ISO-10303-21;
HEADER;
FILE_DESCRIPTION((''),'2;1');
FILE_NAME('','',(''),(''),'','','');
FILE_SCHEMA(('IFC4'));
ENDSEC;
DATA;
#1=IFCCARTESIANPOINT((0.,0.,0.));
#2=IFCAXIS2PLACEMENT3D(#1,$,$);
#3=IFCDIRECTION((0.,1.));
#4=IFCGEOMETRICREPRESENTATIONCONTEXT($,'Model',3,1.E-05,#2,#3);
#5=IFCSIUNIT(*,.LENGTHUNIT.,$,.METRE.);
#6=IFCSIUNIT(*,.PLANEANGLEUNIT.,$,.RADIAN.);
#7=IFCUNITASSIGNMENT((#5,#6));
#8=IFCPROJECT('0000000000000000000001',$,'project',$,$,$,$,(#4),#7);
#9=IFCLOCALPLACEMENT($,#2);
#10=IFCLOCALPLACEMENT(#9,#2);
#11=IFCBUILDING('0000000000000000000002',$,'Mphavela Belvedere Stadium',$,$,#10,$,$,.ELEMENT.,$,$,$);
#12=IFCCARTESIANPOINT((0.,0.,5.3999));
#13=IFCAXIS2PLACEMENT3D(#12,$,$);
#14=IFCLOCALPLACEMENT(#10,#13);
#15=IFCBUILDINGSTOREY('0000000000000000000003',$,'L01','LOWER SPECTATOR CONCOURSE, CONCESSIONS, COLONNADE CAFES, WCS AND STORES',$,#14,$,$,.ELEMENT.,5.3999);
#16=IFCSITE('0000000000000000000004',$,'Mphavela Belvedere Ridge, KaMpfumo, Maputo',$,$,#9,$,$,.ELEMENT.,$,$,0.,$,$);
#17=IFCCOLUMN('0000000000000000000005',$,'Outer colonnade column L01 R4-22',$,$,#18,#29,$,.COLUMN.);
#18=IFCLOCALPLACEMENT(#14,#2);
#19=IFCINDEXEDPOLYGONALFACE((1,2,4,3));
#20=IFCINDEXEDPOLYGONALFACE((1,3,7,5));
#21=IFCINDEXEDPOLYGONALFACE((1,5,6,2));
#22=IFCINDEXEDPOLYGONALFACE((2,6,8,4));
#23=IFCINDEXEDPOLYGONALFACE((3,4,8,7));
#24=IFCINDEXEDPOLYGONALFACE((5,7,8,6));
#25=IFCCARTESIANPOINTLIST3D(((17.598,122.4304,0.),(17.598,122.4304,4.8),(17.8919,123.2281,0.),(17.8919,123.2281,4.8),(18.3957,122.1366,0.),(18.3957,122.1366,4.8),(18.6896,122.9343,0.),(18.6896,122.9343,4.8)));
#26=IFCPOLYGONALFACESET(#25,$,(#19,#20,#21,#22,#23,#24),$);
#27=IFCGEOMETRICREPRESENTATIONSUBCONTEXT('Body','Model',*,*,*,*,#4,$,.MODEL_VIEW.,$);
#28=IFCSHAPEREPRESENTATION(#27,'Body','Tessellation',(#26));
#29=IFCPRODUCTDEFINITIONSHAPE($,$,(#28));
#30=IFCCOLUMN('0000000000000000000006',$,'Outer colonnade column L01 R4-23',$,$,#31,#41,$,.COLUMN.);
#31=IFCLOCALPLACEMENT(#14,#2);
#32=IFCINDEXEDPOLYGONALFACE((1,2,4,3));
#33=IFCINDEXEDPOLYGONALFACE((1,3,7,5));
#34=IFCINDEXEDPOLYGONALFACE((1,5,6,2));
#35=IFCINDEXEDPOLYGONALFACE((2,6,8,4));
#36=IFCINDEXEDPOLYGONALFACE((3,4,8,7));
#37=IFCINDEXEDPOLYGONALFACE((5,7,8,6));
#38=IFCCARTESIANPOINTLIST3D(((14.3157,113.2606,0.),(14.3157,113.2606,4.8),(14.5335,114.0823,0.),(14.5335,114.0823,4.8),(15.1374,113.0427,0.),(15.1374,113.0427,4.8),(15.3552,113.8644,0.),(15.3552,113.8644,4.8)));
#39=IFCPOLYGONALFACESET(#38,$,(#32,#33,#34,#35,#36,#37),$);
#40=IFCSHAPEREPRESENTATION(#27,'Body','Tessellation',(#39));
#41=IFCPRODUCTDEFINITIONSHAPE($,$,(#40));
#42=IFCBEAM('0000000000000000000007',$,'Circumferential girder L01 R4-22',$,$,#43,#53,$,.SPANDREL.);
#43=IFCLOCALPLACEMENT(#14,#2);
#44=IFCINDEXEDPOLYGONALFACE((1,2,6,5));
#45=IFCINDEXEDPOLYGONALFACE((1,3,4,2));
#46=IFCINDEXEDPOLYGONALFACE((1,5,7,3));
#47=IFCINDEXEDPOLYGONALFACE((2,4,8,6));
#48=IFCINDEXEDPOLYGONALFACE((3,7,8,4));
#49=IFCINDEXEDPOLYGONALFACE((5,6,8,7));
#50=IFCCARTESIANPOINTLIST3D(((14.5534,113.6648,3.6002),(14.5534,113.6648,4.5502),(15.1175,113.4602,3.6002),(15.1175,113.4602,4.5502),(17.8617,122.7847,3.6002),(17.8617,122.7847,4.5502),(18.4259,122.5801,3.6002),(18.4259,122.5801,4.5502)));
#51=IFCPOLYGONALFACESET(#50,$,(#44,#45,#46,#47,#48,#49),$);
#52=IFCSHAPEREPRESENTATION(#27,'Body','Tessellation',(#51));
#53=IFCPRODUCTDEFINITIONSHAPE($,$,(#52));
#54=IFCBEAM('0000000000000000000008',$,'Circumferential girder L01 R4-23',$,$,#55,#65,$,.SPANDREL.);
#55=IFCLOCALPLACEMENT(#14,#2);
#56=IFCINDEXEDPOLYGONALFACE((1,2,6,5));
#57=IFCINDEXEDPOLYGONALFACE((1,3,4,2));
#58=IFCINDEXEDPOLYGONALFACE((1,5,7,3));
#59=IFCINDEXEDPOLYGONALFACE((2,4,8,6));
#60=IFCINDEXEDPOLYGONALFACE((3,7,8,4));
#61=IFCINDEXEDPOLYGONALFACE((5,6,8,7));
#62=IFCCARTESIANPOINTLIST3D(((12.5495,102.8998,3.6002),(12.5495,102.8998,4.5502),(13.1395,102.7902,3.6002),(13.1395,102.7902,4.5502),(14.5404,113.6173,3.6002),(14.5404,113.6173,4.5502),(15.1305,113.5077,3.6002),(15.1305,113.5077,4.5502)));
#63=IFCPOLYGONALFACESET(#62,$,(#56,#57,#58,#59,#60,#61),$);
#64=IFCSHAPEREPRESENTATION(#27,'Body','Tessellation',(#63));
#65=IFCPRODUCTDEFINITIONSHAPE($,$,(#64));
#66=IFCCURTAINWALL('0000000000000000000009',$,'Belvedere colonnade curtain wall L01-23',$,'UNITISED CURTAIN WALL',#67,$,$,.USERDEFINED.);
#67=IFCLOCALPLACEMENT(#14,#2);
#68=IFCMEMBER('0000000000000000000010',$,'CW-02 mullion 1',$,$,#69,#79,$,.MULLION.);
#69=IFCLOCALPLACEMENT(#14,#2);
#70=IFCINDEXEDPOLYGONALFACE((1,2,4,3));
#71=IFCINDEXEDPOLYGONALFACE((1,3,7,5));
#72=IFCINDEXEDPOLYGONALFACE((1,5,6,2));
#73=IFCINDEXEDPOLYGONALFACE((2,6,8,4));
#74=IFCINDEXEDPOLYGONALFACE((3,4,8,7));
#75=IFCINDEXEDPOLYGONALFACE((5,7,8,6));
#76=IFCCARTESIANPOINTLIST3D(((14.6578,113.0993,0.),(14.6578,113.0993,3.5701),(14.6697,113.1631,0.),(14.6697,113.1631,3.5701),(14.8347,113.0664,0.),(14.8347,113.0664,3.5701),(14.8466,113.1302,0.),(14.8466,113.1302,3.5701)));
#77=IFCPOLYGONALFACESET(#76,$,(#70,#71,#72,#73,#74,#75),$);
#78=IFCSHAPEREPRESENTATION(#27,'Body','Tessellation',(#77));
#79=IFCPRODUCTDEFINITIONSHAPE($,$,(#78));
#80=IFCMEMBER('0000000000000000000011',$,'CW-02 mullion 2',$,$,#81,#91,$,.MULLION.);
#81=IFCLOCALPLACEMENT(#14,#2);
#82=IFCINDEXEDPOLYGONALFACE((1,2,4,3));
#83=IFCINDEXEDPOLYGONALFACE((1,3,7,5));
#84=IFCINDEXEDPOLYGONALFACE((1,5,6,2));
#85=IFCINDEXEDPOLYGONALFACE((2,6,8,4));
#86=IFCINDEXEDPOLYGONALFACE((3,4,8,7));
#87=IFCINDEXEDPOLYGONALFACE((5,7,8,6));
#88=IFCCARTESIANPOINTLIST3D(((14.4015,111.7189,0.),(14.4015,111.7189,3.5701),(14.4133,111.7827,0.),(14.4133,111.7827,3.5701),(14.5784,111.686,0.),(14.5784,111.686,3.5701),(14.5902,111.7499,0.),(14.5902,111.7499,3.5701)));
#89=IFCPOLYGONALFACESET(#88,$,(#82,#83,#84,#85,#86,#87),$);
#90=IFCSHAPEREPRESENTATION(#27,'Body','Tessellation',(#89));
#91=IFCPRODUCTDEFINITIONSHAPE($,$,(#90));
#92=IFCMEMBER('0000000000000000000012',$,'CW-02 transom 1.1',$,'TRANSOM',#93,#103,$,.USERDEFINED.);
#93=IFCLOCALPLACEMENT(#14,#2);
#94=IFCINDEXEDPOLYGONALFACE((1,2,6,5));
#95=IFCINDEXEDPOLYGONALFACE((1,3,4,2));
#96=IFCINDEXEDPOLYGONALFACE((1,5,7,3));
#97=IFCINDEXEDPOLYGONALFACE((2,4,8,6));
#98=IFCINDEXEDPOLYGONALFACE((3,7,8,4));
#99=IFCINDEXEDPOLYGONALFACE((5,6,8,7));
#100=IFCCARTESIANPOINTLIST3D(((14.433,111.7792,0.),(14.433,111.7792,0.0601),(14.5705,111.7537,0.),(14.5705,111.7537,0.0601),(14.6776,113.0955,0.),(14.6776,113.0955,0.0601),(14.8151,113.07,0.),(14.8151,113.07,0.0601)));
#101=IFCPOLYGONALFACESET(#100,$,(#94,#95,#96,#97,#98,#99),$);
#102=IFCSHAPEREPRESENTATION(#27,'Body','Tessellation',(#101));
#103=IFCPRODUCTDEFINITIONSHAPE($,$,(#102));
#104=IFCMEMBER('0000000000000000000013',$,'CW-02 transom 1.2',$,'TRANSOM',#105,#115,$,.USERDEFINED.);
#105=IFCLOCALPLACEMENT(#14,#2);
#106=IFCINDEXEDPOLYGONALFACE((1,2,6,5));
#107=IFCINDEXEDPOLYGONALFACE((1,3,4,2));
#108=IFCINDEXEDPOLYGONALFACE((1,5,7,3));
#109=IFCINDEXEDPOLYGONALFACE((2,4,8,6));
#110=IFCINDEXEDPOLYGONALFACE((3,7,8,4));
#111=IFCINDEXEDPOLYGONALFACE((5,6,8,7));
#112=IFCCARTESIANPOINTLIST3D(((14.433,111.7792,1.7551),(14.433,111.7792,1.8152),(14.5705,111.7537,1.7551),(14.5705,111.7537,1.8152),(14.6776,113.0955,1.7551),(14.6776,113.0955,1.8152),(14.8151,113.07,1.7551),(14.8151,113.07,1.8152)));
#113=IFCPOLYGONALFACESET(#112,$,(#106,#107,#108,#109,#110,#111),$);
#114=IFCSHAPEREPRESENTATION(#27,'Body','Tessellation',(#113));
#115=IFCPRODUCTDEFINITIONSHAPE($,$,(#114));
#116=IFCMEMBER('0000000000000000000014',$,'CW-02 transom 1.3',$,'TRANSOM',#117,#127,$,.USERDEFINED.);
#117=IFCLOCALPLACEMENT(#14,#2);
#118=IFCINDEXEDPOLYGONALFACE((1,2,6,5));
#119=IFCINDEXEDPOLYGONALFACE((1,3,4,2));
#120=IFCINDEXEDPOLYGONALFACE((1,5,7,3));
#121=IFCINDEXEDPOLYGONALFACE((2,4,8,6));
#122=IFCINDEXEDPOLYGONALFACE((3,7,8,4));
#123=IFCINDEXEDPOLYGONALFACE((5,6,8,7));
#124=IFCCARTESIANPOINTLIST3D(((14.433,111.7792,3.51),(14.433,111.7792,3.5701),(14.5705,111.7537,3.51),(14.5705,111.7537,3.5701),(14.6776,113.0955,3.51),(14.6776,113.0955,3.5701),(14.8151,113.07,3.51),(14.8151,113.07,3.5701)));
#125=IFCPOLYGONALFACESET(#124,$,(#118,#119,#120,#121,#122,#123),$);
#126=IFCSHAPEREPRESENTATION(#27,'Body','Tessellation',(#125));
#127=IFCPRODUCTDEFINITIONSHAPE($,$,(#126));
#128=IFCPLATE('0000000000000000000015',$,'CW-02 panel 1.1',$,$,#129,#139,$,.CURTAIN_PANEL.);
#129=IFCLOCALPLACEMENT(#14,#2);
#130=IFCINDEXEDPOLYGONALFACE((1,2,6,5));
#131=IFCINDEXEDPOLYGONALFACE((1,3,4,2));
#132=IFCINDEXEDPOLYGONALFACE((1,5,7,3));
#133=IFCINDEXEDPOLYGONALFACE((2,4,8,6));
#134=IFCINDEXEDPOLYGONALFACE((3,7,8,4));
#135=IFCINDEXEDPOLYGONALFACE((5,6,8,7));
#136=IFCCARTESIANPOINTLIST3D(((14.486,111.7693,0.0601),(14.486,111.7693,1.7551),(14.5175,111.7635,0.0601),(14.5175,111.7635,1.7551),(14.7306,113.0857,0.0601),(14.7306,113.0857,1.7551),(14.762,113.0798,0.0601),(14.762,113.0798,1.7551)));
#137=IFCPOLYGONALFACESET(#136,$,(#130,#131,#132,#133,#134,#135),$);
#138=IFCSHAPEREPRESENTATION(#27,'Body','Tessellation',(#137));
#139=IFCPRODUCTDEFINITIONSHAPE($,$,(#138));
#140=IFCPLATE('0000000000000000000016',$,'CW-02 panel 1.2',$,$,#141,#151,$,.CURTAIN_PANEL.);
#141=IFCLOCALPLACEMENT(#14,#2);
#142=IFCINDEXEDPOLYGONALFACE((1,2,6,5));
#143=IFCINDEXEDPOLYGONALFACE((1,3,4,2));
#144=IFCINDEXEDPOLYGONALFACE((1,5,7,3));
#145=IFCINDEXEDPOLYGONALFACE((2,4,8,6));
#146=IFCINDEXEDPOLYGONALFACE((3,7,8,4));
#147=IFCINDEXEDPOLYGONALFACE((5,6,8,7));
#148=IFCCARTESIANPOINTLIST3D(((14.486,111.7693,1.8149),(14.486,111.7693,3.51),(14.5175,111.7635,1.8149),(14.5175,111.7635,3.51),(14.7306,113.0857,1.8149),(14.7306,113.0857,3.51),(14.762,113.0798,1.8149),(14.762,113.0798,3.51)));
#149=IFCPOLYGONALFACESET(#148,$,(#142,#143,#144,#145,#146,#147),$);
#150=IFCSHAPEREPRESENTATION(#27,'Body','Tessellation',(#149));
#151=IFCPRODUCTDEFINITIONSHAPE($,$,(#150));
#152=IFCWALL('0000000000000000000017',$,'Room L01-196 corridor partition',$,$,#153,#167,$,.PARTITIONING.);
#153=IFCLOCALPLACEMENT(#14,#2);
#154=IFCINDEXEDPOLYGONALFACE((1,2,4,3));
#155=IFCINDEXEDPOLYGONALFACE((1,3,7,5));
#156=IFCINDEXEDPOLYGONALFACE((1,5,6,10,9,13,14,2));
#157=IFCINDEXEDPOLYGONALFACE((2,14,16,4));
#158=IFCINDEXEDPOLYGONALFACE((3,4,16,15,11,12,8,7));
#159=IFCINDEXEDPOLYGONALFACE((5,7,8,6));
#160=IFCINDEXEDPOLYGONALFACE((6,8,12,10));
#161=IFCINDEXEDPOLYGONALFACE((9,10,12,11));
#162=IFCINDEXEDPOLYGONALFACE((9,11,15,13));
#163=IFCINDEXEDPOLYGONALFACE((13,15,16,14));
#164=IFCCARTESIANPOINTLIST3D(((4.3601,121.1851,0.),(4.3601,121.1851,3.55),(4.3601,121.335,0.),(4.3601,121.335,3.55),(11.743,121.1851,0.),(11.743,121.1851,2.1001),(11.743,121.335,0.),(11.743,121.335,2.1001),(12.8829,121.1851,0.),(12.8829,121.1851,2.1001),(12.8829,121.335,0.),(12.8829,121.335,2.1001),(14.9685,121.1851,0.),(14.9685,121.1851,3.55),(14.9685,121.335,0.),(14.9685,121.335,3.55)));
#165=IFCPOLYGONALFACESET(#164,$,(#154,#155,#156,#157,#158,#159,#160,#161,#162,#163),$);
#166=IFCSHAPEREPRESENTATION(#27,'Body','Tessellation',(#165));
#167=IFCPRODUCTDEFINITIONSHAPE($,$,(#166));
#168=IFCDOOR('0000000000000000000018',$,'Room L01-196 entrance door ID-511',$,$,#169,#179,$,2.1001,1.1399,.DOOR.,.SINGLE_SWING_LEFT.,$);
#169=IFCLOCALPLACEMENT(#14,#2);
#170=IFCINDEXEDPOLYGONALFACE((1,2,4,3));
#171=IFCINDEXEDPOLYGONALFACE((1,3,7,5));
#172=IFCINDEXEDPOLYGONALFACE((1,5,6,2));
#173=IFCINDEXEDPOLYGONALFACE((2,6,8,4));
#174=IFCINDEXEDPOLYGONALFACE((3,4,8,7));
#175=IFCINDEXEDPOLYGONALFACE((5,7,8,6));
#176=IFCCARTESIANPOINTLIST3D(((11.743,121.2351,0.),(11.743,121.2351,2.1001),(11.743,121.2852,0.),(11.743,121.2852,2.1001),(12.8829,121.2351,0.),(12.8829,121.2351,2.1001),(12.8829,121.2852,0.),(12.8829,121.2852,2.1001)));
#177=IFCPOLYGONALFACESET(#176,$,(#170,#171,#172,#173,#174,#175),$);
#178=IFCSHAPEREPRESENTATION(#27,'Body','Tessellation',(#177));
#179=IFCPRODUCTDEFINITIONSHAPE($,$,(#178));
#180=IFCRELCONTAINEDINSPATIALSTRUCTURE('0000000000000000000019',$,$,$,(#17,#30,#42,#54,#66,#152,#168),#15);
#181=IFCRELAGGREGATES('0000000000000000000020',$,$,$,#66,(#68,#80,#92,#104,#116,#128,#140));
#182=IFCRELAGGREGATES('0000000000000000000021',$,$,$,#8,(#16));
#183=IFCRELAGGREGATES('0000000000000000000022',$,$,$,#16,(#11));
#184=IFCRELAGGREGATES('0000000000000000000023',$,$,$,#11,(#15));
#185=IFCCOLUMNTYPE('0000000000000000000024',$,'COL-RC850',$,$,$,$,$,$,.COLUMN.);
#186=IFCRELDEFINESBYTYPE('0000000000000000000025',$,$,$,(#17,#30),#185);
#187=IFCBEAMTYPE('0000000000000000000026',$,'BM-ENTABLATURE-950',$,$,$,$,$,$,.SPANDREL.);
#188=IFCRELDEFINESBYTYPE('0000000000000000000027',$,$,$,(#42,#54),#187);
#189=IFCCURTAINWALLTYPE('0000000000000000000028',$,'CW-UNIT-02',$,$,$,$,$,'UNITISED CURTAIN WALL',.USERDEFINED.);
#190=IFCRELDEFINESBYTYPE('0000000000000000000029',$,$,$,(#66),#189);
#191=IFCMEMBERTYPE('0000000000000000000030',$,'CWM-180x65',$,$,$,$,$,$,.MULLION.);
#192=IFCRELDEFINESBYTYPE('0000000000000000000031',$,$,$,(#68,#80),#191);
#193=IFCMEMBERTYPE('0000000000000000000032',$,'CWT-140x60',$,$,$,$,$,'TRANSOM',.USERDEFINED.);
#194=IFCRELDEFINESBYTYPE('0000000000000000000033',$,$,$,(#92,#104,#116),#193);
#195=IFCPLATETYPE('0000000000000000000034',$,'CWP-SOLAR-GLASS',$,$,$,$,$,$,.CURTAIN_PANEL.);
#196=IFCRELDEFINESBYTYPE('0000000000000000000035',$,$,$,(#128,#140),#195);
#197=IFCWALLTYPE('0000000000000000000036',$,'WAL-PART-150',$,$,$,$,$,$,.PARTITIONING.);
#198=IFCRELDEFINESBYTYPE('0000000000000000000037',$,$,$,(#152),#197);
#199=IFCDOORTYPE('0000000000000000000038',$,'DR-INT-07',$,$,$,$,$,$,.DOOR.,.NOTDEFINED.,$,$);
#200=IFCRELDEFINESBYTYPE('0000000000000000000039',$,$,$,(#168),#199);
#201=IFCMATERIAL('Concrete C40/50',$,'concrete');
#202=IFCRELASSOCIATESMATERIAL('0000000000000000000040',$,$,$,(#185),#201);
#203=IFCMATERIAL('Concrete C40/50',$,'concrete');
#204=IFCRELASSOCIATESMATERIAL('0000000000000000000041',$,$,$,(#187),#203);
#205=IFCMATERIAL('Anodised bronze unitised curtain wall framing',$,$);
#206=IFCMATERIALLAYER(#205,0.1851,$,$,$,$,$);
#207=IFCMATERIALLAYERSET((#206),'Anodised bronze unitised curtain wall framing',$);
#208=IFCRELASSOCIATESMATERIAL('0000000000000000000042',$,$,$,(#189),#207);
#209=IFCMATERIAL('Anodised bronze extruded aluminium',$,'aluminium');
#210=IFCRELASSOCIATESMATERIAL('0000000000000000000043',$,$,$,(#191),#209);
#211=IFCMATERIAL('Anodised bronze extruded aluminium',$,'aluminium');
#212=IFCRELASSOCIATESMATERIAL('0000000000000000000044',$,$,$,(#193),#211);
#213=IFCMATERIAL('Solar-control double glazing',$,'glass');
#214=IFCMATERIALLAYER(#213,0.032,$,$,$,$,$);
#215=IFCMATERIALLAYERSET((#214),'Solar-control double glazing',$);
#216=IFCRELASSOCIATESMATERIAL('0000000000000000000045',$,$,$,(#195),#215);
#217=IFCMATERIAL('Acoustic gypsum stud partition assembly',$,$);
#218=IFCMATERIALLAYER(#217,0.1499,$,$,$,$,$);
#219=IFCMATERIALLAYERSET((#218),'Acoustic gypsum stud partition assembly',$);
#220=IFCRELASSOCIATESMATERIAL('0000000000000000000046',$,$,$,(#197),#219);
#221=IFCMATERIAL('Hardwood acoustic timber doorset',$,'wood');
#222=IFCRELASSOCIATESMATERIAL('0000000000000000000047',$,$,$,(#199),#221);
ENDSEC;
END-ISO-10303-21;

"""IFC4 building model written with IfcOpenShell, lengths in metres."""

from ifc_helpers import new_model, si_unit, direction, frame, frame_2d, origin, origin_2d, place, context, subcontext, project, spatial, rectangle, extrude, material, layer, layer_set, material_profile, profile_set, type_object, element, fill, aggregate, save


model = new_model("IFC4")

# Units and contexts
model_context = context("Model", 3, precision=1e-05, world=origin(), true_north=direction((0.0, 1.0)))
body_context = subcontext(model_context, "Body", "Model", "MODEL_VIEW")
ifc_project = project(units=[si_unit("LENGTHUNIT", "METRE"), si_unit("PLANEANGLEUNIT", "RADIAN")], contexts=[model_context])

# Site, building, storey
site_placement = place(None, origin())
site = spatial("IfcSite", under=ifc_project, at=site_placement, Name="Mphavela Belvedere Ridge, KaMpfumo, Maputo", CompositionType="ELEMENT", RefElevation=0.0)
building_placement = place(site_placement, origin())
building = spatial("IfcBuilding", under=site, at=building_placement, Name="Mphavela Belvedere Stadium", CompositionType="ELEMENT")
storey_placement = place(building_placement, frame((0.0, 0.0, 5.3999)))
storey = spatial("IfcBuildingStorey", under=building, at=storey_placement, Name="L01", Description="LOWER SPECTATOR CONCOURSE, CONCESSIONS, COLONNADE CAFES, WCS AND STORES", CompositionType="ELEMENT", Elevation=5.3999)

# Columns
ifc_material_1 = material(Name="Concrete C40/50", Category="concrete")
ifc_material_profile_1 = material_profile(ifc_material_1, rectangle(XDim=0.8501, YDim=0.8501, at=origin_2d()), Name="RC 850x850")
ifc_profile_set_1 = profile_set([ifc_material_profile_1], Name="Concrete C40/50")
column_type = type_object("IfcColumnType", Name="COL-RC850", PredefinedType="COLUMN", material=ifc_profile_set_1)
for number, where, z_axis, x_axis, name in (
    (1, (18.1438, 122.6824, 0.0), (0.0, 0.0, 1.0), (-0.938372, 0.345626, 0.0), "Outer colonnade column L01 R4-22"),
    (2, (14.8354, 113.5625, 0.0), (0.0, 0.0, 1.0), (-0.9666, 0.256289, 0.0), "Outer colonnade column L01 R4-23"),
):
    element("IfcColumn", number, at=place(storey_placement, frame(where, z_axis=z_axis, x_axis=x_axis)), inside=storey, type_object=column_type, Name=name, PredefinedType="COLUMN", context=body_context, shape_type="SweptSolid", body=[
        extrude(rectangle(XDim=0.8501, YDim=0.8501, at=origin_2d()), origin(), (0.0, 0.0, 1.0), 4.8),
    ])

# Beams
ifc_material_2 = material(Name="Concrete C40/50", Category="concrete")
ifc_material_profile_2 = material_profile(ifc_material_2, rectangle(XDim=0.6001, YDim=0.95, at=origin_2d()), Name="RC 600x950")
ifc_profile_set_2 = profile_set([ifc_material_profile_2], Name="Concrete C40/50")
beam_type = type_object("IfcBeamType", Name="BM-ENTABLATURE-950", PredefinedType="SPANDREL", material=ifc_profile_set_2)
beam_1_placement = place(storey_placement, frame((18.1438, 122.6824, 4.0752), z_axis=(-0.341018, -0.940057, 0.0), x_axis=(0.940057, -0.341018, 0.0)))
element("IfcBeam", 3, at=beam_1_placement, inside=storey, type_object=beam_type, Name="Circumferential girder L01 R4-22", PredefinedType="SPANDREL", context=body_context, shape_type="SweptSolid", body=[
    extrude(rectangle(XDim=0.6001, YDim=0.95, at=origin_2d()), origin(), (0.0, 0.0, 1.0), 9.7014),
])
beam_2_placement = place(storey_placement, frame((14.8354, 113.5625, 4.0752), z_axis=(-0.182643, -0.983179, 0.0), x_axis=(0.983179, -0.182643, 0.0)))
element("IfcBeam", 4, at=beam_2_placement, inside=storey, type_object=beam_type, Name="Circumferential girder L01 R4-23", PredefinedType="SPANDREL", context=body_context, shape_type="SweptSolid", body=[
    extrude(rectangle(XDim=0.6001, YDim=0.95, at=origin_2d()), origin(), (0.0, 0.0, 1.0), 10.9009),
])

# Curtain wall, members, plates
ifc_material_3 = material(Name="Anodised bronze unitised curtain wall framing")
ifc_layer_1 = layer(ifc_material_3, 0.1851)
ifc_layer_set_1 = layer_set([ifc_layer_1], Name="Anodised bronze unitised curtain wall framing")
curtain_wall_type = type_object("IfcCurtainWallType", Name="CW-UNIT-02", ElementType="UNITISED CURTAIN WALL", PredefinedType="USERDEFINED", material=ifc_layer_set_1)
curtain_wall_placement = place(storey_placement, origin())
curtain_wall = element("IfcCurtainWall", 5, at=curtain_wall_placement, inside=storey, type_object=curtain_wall_type, Name="Belvedere colonnade curtain wall L01-23", ObjectType="UNITISED CURTAIN WALL", PredefinedType="USERDEFINED")
ifc_material_4 = material(Name="Anodised bronze extruded aluminium", Category="aluminium")
ifc_material_profile_3 = material_profile(ifc_material_4, rectangle(XDim=0.1799, YDim=0.0649, at=origin_2d()), Name="CW-MUL 180x65")
ifc_profile_set_3 = profile_set([ifc_material_profile_3], Name="Anodised bronze extruded aluminium")
member_type_1 = type_object("IfcMemberType", Name="CWM-180x65", PredefinedType="MULLION", material=ifc_profile_set_3)
member_1_placement = place(storey_placement, frame((14.7522, 113.1147, 0.0), z_axis=(0.0, 0.0, 1.0), x_axis=(0.983184, -0.18262, 0.0)))
member_1 = element("IfcMember", 6, at=member_1_placement, type_object=member_type_1, Name="CW-02 mullion 1", PredefinedType="MULLION", context=body_context, shape_type="SweptSolid", body=[
    extrude(rectangle(XDim=0.1799, YDim=0.0649, at=origin_2d()), origin(), (0.0, 0.0, 1.0), 3.5701),
])
member_2_placement = place(storey_placement, frame((14.4958, 111.7344, 0.0), z_axis=(0.0, 0.0, 1.0), x_axis=(0.983184, -0.18262, 0.0)))
member_2 = element("IfcMember", 7, at=member_2_placement, type_object=member_type_1, Name="CW-02 mullion 2", PredefinedType="MULLION", context=body_context, shape_type="SweptSolid", body=[
    extrude(rectangle(XDim=0.1799, YDim=0.0649, at=origin_2d()), origin(), (0.0, 0.0, 1.0), 3.5701),
])
ifc_material_5 = material(Name="Anodised bronze extruded aluminium", Category="aluminium")
ifc_material_profile_4 = material_profile(ifc_material_5, rectangle(XDim=0.1399, YDim=0.0601, at=origin_2d()), Name="CW-TRN 140x60")
ifc_profile_set_4 = profile_set([ifc_material_profile_4], Name="Anodised bronze extruded aluminium")
member_type_2 = type_object("IfcMemberType", Name="CWT-140x60", ElementType="TRANSOM", PredefinedType="USERDEFINED", material=ifc_profile_set_4)
member_3_placement = place(storey_placement, frame((14.7463, 113.0828, 0.03), z_axis=(-0.182703, -0.983168, 0.0), x_axis=(0.983168, -0.182703, 0.0)))
member_3 = element("IfcMember", 8, at=member_3_placement, type_object=member_type_2, Name="CW-02 transom 1.1", ObjectType="TRANSOM", PredefinedType="USERDEFINED", context=body_context, shape_type="SweptSolid", body=[
    extrude(rectangle(XDim=0.1399, YDim=0.0601, at=origin_2d()), origin(), (0.0, 0.0, 1.0), 1.3389),
])
member_4_placement = place(storey_placement, frame((14.7463, 113.0828, 1.7852), z_axis=(-0.182703, -0.983168, 0.0), x_axis=(0.983168, -0.182703, 0.0)))
member_4 = element("IfcMember", 9, at=member_4_placement, type_object=member_type_2, Name="CW-02 transom 1.2", ObjectType="TRANSOM", PredefinedType="USERDEFINED", context=body_context, shape_type="SweptSolid", body=[
    extrude(rectangle(XDim=0.1399, YDim=0.0601, at=origin_2d()), origin(), (0.0, 0.0, 1.0), 1.3389),
])
member_5_placement = place(storey_placement, frame((14.7463, 113.0828, 3.54), z_axis=(-0.182703, -0.983168, 0.0), x_axis=(0.983168, -0.182703, 0.0)))
member_5 = element("IfcMember", 10, at=member_5_placement, type_object=member_type_2, Name="CW-02 transom 1.3", ObjectType="TRANSOM", PredefinedType="USERDEFINED", context=body_context, shape_type="SweptSolid", body=[
    extrude(rectangle(XDim=0.1399, YDim=0.0601, at=origin_2d()), origin(), (0.0, 0.0, 1.0), 1.3389),
])
ifc_material_6 = material(Name="Solar-control double glazing", Category="glass")
ifc_layer_2 = layer(ifc_material_6, 0.032)
ifc_layer_set_2 = layer_set([ifc_layer_2], Name="Solar-control double glazing")
plate_type = type_object("IfcPlateType", Name="CWP-SOLAR-GLASS", PredefinedType="CURTAIN_PANEL", material=ifc_layer_set_2)
plate_1_placement = place(storey_placement, frame((14.624, 112.4246, 0.0601), z_axis=(0.0, 0.0, 1.0), x_axis=(-0.18262, -0.983184, 0.0)))
plate_1 = element("IfcPlate", 11, at=plate_1_placement, type_object=plate_type, Name="CW-02 panel 1.1", PredefinedType="CURTAIN_PANEL", context=body_context, shape_type="SweptSolid", body=[
    extrude(rectangle(XDim=1.3389, YDim=0.032, at=origin_2d()), origin(), (0.0, 0.0, 1.0), 1.6951),
])
plate_2_placement = place(storey_placement, frame((14.624, 112.4246, 1.8149), z_axis=(0.0, 0.0, 1.0), x_axis=(-0.18262, -0.983184, 0.0)))
plate_2 = element("IfcPlate", 12, at=plate_2_placement, type_object=plate_type, Name="CW-02 panel 1.2", PredefinedType="CURTAIN_PANEL", context=body_context, shape_type="SweptSolid", body=[
    extrude(rectangle(XDim=1.3389, YDim=0.032, at=origin_2d()), origin(), (0.0, 0.0, 1.0), 1.6951),
])
aggregate(curtain_wall, [member_1, member_2, member_3, member_4, member_5, plate_1, plate_2])

# Wall, opening, door
ifc_material_7 = material(Name="Acoustic gypsum stud partition assembly")
ifc_layer_3 = layer(ifc_material_7, 0.1499)
ifc_layer_set_3 = layer_set([ifc_layer_3], Name="Acoustic gypsum stud partition assembly")
wall_type_1 = type_object("IfcWallType", Name="WAL-PART-150", PredefinedType="PARTITIONING", material=ifc_layer_set_3)
wall_1_placement = place(storey_placement, frame((14.9685, 121.26, 0.0), z_axis=(0.0, 0.0, 1.0), x_axis=(-1.0, 0.0, 0.0)))
wall_1 = element("IfcWall", 13, at=wall_1_placement, inside=storey, type_object=wall_type_1, Name="Room L01-196 corridor partition", PredefinedType="PARTITIONING", context=body_context, shape_type="SweptSolid", body=[
    extrude(rectangle(XDim=10.6084, YDim=0.1499, at=frame_2d((5.3042, 0.0))), origin(), (0.0, 0.0, 1.0), 3.55),
])
opening_1_placement = place(wall_1_placement, frame((2.0857, 0.0, 0.0)))
opening_1 = element("IfcOpeningElement", 14, at=opening_1_placement, cuts=wall_1, PredefinedType="OPENING", context=body_context, shape_type="SweptSolid", body=[
    extrude(rectangle(XDim=1.1399, YDim=2.1001, at=frame_2d((0.5698, 1.05))), frame((0.0, 0.085, 0.0), z_axis=(0.0, -1.0, 0.0), x_axis=(1.0, 0.0, 0.0)), (0.0, 0.0, 1.0), 0.1699),
])
ifc_material_8 = material(Name="Hardwood acoustic timber doorset", Category="wood")
door_type_1 = type_object("IfcDoorType", Name="DR-INT-07", OperationType="NOTDEFINED", PredefinedType="DOOR", material=ifc_material_8)
door_1_placement = place(opening_1_placement, origin())
door_1 = element("IfcDoor", 15, at=door_1_placement, inside=storey, type_object=door_type_1, Name="Room L01-196 entrance door ID-511", OperationType="SINGLE_SWING_LEFT", OverallHeight=2.1001, OverallWidth=1.1399, PredefinedType="DOOR", context=body_context, shape_type="SweptSolid", body=[
    extrude(rectangle(XDim=1.1399, YDim=2.1001, at=frame_2d((0.5698, 1.05))), frame((0.0, 0.0249, 0.0), z_axis=(0.0, -1.0, 0.0), x_axis=(1.0, 0.0, 0.0)), (0.0, 0.0, 1.0), 0.05),
])
fill(opening_1, door_1)

save(model, "model.ifc")
